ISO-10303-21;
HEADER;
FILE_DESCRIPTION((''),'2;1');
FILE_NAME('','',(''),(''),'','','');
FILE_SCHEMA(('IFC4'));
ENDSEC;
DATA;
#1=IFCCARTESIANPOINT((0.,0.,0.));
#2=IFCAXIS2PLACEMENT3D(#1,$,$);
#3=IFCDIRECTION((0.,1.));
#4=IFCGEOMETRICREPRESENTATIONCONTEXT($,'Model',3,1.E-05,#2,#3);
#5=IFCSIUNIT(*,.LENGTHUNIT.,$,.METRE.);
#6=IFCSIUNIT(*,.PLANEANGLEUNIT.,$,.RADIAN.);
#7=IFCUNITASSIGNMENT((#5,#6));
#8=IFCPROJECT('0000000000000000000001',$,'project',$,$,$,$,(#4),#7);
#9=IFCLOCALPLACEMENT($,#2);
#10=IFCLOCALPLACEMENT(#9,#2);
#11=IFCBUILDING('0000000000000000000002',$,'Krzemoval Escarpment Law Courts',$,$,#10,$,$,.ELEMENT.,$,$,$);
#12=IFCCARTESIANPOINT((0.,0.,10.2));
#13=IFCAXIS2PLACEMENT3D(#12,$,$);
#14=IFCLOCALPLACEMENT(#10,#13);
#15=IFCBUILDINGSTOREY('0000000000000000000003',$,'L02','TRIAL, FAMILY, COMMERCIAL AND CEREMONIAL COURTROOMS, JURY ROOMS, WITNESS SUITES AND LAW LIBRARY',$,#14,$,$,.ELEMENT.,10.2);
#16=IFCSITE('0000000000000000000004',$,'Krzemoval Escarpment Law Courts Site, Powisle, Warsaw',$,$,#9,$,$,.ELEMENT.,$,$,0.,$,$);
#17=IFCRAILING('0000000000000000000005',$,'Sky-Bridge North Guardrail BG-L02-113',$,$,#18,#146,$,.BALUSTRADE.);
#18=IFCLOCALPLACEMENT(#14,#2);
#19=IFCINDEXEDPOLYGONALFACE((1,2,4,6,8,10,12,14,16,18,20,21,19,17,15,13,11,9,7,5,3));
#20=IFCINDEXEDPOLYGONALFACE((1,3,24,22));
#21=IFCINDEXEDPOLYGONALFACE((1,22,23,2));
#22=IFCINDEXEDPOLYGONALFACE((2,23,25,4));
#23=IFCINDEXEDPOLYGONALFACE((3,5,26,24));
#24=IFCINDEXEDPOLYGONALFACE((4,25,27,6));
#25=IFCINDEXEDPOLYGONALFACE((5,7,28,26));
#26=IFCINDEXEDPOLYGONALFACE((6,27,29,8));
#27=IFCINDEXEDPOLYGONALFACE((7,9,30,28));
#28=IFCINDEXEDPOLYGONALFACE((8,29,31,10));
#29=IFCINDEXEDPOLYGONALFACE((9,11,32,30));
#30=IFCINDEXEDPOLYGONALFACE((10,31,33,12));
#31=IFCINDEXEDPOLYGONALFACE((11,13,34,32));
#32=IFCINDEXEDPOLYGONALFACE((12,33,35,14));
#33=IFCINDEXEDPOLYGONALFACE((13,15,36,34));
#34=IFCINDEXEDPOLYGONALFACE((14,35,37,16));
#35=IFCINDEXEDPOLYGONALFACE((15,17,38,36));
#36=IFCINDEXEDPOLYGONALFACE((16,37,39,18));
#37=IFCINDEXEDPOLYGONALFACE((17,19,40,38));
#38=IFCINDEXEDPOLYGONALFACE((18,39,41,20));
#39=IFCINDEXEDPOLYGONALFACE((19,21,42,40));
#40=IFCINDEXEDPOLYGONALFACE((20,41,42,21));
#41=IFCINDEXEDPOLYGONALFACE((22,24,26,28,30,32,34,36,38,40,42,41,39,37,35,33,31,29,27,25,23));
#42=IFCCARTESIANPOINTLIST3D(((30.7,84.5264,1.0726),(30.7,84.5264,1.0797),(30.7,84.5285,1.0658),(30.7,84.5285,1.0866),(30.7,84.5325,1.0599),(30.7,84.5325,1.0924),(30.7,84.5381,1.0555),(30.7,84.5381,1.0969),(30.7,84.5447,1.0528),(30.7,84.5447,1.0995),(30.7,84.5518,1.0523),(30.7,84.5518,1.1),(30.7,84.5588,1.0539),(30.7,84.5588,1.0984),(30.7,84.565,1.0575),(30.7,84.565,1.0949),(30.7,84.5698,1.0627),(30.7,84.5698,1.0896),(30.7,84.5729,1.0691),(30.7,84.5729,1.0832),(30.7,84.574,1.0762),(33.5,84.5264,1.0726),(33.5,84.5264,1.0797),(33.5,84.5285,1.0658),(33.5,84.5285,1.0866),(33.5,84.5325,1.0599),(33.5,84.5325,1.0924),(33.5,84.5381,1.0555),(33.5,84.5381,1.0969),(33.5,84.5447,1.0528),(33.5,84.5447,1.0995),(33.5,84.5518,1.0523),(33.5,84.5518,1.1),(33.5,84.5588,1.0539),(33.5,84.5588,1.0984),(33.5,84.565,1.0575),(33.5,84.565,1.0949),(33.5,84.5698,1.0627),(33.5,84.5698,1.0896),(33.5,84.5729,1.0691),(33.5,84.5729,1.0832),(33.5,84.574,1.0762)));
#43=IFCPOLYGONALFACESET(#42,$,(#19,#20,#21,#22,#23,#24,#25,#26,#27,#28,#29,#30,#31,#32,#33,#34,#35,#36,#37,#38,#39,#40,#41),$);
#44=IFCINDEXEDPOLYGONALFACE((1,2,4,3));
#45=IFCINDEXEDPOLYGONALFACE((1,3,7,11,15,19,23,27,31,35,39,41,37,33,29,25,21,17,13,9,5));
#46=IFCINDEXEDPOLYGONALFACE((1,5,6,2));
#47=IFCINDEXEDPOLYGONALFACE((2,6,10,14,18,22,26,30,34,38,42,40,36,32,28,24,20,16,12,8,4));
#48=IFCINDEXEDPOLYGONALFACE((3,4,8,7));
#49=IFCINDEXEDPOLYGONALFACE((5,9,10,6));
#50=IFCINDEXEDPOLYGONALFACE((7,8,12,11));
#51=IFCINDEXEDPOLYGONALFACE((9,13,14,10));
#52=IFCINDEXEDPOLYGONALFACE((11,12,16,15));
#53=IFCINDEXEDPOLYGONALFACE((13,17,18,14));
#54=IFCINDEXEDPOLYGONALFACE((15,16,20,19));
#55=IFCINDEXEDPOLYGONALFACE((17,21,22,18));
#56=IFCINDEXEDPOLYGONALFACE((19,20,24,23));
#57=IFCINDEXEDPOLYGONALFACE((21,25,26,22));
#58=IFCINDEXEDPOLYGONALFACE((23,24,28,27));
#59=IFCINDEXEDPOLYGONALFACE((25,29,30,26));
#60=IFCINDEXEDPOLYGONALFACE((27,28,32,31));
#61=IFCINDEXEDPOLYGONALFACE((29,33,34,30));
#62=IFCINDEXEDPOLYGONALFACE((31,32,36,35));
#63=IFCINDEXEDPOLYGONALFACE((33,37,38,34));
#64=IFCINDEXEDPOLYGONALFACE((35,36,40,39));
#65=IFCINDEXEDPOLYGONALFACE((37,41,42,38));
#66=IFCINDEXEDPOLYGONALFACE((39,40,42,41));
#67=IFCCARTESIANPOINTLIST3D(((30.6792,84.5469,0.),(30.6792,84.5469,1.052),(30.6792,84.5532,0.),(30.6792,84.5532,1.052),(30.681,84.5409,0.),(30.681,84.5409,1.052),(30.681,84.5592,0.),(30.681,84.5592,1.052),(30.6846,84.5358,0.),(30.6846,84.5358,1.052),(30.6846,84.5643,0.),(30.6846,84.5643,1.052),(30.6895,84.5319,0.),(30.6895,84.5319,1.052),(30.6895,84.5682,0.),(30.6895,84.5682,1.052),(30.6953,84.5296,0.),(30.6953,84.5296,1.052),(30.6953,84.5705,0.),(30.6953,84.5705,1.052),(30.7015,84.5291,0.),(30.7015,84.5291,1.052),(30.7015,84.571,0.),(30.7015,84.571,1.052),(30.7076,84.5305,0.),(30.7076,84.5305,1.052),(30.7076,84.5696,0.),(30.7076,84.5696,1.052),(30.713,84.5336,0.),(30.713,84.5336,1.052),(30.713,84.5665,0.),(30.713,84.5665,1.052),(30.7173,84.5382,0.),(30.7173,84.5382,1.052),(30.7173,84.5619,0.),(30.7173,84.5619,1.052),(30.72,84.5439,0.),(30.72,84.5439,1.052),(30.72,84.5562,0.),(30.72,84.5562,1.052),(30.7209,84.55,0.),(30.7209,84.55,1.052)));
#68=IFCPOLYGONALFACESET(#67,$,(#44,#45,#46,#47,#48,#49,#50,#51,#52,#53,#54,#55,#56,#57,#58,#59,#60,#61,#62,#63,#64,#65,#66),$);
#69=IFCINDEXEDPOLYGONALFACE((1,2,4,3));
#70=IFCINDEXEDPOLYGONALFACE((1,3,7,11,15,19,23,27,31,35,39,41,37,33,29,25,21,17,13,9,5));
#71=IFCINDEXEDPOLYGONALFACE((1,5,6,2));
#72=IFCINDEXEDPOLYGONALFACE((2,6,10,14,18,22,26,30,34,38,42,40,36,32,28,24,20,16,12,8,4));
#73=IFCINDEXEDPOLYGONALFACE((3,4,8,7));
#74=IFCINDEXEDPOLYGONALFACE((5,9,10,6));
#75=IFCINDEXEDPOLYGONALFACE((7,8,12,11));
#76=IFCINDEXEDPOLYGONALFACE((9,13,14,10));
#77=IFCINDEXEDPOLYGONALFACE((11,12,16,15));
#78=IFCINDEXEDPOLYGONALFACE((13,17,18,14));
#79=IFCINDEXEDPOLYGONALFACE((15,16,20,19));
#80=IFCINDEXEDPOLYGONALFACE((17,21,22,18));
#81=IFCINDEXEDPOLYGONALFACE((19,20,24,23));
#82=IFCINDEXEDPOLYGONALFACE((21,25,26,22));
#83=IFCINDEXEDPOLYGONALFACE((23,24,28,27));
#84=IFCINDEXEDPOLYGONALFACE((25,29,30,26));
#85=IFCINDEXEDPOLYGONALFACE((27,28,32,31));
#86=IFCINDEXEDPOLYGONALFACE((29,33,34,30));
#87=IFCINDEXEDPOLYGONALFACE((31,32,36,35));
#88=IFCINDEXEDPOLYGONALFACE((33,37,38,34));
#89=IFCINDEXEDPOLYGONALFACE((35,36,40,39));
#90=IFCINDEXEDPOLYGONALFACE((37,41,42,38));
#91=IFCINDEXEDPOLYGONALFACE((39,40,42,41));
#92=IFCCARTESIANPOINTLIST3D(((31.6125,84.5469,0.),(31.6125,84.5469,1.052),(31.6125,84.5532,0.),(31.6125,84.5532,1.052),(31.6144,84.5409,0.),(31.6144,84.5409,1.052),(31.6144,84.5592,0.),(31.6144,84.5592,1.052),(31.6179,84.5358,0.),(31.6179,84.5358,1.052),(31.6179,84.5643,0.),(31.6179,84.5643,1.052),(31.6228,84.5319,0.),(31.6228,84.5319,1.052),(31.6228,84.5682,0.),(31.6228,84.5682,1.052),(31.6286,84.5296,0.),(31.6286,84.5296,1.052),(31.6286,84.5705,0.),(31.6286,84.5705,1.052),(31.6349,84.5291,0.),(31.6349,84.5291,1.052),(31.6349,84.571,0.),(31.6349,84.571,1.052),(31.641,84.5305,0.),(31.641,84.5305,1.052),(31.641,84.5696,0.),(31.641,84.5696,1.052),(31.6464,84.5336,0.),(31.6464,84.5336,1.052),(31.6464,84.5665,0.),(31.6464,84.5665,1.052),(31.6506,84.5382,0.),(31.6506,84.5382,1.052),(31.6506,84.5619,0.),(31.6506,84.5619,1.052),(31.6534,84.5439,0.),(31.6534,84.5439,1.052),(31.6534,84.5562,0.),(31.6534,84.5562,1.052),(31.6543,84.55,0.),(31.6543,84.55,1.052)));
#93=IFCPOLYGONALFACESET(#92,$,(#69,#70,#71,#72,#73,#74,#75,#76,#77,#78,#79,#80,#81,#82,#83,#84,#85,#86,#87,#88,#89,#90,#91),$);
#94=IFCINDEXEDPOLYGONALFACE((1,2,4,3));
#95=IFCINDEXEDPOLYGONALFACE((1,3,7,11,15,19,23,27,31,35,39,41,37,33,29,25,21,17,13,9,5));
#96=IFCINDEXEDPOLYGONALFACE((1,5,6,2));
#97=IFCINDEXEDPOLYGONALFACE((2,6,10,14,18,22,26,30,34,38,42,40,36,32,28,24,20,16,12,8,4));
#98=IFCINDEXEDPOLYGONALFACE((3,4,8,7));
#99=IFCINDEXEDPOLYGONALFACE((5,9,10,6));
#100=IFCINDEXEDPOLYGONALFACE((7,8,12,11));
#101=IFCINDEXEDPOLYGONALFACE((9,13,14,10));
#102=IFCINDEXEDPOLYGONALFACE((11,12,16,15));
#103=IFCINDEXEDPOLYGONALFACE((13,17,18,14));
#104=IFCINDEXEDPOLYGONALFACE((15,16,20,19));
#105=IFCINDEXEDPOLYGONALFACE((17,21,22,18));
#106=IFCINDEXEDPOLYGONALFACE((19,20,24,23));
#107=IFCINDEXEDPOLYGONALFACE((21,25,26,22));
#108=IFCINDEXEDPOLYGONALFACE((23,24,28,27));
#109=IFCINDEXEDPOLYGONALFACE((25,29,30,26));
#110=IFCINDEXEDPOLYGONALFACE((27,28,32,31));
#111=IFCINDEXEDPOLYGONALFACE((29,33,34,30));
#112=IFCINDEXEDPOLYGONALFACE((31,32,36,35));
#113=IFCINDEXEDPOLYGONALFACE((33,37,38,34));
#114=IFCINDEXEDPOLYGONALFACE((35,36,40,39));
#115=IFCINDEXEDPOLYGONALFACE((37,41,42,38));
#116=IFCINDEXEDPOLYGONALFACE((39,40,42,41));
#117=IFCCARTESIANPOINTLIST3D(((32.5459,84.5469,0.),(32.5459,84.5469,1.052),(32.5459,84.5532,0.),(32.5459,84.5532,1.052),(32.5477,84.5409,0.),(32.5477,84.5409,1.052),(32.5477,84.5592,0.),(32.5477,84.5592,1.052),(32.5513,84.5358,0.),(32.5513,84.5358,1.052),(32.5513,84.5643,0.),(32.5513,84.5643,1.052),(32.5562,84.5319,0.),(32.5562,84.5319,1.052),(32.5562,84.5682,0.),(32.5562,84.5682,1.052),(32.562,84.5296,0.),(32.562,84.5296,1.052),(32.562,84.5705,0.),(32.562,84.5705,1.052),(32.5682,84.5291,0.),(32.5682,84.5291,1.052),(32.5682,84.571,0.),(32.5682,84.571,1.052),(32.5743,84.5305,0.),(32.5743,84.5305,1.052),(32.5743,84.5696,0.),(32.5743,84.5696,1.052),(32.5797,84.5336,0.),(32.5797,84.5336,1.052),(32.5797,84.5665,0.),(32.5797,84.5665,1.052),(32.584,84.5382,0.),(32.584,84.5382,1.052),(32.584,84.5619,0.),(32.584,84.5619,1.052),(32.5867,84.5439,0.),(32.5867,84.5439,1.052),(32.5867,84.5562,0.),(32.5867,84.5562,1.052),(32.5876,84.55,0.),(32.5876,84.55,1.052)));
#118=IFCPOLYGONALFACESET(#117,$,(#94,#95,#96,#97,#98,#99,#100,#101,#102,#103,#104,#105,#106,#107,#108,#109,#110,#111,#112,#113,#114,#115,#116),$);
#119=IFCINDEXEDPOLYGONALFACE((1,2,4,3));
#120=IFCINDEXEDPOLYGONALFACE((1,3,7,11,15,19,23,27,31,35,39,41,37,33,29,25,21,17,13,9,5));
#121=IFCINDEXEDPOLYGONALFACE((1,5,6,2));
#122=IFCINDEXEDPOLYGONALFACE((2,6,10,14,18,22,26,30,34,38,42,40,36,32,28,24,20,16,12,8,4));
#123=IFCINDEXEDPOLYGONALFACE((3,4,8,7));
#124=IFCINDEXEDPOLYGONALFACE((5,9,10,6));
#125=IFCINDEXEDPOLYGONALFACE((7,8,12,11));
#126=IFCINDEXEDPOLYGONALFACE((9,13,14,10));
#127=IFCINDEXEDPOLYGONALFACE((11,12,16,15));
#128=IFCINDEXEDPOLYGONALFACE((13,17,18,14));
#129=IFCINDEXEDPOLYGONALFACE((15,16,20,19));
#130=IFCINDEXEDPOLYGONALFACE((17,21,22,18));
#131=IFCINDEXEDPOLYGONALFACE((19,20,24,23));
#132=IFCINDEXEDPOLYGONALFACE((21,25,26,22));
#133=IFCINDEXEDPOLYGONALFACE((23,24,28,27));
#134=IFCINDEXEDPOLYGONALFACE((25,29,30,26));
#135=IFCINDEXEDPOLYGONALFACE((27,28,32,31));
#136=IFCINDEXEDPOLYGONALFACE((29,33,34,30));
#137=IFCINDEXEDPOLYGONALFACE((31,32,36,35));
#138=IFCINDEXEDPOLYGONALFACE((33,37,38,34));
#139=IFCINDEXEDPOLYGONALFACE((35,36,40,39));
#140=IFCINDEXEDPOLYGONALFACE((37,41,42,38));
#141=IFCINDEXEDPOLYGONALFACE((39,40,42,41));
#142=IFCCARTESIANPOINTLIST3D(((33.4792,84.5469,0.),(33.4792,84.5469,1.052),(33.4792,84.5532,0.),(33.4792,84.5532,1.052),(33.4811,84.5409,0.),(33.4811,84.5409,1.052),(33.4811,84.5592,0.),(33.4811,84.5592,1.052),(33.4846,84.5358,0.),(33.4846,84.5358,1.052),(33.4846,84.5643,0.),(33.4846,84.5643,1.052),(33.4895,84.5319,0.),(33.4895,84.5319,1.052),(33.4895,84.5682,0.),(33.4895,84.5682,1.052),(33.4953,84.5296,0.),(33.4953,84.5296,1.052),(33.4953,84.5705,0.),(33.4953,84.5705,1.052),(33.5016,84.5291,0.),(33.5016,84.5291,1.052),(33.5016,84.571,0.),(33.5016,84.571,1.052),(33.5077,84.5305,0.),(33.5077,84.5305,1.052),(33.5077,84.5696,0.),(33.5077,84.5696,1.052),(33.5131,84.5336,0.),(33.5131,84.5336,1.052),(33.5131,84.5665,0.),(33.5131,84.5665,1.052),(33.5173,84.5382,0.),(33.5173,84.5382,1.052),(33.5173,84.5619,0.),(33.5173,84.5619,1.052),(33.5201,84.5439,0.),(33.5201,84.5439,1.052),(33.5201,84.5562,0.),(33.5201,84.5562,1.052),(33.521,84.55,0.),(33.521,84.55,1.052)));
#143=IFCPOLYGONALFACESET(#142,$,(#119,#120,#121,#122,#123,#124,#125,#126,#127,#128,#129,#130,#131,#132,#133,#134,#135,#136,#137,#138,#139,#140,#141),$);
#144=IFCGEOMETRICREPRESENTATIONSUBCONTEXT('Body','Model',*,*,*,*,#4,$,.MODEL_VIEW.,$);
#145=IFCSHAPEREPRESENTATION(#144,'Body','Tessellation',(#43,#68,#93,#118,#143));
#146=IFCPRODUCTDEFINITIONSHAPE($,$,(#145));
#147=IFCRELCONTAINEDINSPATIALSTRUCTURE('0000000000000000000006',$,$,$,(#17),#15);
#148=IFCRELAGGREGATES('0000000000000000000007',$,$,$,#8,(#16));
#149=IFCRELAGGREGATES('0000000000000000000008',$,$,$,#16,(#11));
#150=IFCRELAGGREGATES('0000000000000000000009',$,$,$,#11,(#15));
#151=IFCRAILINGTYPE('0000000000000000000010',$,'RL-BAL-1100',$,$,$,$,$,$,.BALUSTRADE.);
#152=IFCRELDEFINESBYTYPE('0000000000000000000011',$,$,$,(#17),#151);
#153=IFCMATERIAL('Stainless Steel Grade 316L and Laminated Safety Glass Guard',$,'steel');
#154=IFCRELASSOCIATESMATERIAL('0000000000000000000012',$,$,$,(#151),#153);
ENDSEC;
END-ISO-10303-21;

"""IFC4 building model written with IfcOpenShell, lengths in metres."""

from ifc_helpers import new_model, si_unit, direction, frame, origin, origin_2d, place, context, subcontext, project, spatial, circle, extrude, material, type_object, element, save


model = new_model("IFC4")

# Units and contexts
model_context = context("Model", 3, precision=1e-05, world=origin(), true_north=direction((0.0, 1.0)))
body_context = subcontext(model_context, "Body", "Model", "MODEL_VIEW")
ifc_project = project(units=[si_unit("LENGTHUNIT", "METRE"), si_unit("PLANEANGLEUNIT", "RADIAN")], contexts=[model_context])

# Site, building, storey
site_placement = place(None, origin())
site = spatial("IfcSite", under=ifc_project, at=site_placement, Name="Krzemoval Escarpment Law Courts Site, Powisle, Warsaw", CompositionType="ELEMENT", RefElevation=0.0)
building_placement = place(site_placement, origin())
building = spatial("IfcBuilding", under=site, at=building_placement, Name="Krzemoval Escarpment Law Courts", CompositionType="ELEMENT")
storey_placement = place(building_placement, frame((0.0, 0.0, 10.2)))
storey = spatial("IfcBuildingStorey", under=building, at=storey_placement, Name="L02", Description="TRIAL, FAMILY, COMMERCIAL AND CEREMONIAL COURTROOMS, JURY ROOMS, WITNESS SUITES AND LAW LIBRARY", CompositionType="ELEMENT", Elevation=10.2)

# Railing
ifc_material_1 = material(Name="Stainless Steel Grade 316L and Laminated Safety Glass Guard", Category="steel")
railing_type_1 = type_object("IfcRailingType", Name="RL-BAL-1100", PredefinedType="BALUSTRADE", material=ifc_material_1)
railing_1_placement = place(storey_placement, frame((30.7, 84.55, 0.0)))
element("IfcRailing", 1, at=railing_1_placement, inside=storey, type_object=railing_type_1, Name="Sky-Bridge North Guardrail BG-L02-113", PredefinedType="BALUSTRADE", context=body_context, shape_type="SweptSolid", body=[
    extrude(circle(Radius=0.0239, at=origin_2d()), frame((0.0, 0.0, 1.0762), z_axis=(1.0, 0.0, 0.0), x_axis=(0.0, 1.0, 0.0)), (0.0, 0.0, 1.0), 2.8),
    extrude(circle(Radius=0.021, at=origin_2d()), origin(), (0.0, 0.0, 1.0), 1.052),
    extrude(circle(Radius=0.021, at=origin_2d()), frame((0.9333, 0.0, 0.0)), (0.0, 0.0, 1.0), 1.052),
    extrude(circle(Radius=0.021, at=origin_2d()), frame((1.8667, 0.0, 0.0)), (0.0, 0.0, 1.0), 1.052),
    extrude(circle(Radius=0.021, at=origin_2d()), frame((2.8, 0.0, 0.0)), (0.0, 0.0, 1.0), 1.052),
])

save(model, "model.ifc")
